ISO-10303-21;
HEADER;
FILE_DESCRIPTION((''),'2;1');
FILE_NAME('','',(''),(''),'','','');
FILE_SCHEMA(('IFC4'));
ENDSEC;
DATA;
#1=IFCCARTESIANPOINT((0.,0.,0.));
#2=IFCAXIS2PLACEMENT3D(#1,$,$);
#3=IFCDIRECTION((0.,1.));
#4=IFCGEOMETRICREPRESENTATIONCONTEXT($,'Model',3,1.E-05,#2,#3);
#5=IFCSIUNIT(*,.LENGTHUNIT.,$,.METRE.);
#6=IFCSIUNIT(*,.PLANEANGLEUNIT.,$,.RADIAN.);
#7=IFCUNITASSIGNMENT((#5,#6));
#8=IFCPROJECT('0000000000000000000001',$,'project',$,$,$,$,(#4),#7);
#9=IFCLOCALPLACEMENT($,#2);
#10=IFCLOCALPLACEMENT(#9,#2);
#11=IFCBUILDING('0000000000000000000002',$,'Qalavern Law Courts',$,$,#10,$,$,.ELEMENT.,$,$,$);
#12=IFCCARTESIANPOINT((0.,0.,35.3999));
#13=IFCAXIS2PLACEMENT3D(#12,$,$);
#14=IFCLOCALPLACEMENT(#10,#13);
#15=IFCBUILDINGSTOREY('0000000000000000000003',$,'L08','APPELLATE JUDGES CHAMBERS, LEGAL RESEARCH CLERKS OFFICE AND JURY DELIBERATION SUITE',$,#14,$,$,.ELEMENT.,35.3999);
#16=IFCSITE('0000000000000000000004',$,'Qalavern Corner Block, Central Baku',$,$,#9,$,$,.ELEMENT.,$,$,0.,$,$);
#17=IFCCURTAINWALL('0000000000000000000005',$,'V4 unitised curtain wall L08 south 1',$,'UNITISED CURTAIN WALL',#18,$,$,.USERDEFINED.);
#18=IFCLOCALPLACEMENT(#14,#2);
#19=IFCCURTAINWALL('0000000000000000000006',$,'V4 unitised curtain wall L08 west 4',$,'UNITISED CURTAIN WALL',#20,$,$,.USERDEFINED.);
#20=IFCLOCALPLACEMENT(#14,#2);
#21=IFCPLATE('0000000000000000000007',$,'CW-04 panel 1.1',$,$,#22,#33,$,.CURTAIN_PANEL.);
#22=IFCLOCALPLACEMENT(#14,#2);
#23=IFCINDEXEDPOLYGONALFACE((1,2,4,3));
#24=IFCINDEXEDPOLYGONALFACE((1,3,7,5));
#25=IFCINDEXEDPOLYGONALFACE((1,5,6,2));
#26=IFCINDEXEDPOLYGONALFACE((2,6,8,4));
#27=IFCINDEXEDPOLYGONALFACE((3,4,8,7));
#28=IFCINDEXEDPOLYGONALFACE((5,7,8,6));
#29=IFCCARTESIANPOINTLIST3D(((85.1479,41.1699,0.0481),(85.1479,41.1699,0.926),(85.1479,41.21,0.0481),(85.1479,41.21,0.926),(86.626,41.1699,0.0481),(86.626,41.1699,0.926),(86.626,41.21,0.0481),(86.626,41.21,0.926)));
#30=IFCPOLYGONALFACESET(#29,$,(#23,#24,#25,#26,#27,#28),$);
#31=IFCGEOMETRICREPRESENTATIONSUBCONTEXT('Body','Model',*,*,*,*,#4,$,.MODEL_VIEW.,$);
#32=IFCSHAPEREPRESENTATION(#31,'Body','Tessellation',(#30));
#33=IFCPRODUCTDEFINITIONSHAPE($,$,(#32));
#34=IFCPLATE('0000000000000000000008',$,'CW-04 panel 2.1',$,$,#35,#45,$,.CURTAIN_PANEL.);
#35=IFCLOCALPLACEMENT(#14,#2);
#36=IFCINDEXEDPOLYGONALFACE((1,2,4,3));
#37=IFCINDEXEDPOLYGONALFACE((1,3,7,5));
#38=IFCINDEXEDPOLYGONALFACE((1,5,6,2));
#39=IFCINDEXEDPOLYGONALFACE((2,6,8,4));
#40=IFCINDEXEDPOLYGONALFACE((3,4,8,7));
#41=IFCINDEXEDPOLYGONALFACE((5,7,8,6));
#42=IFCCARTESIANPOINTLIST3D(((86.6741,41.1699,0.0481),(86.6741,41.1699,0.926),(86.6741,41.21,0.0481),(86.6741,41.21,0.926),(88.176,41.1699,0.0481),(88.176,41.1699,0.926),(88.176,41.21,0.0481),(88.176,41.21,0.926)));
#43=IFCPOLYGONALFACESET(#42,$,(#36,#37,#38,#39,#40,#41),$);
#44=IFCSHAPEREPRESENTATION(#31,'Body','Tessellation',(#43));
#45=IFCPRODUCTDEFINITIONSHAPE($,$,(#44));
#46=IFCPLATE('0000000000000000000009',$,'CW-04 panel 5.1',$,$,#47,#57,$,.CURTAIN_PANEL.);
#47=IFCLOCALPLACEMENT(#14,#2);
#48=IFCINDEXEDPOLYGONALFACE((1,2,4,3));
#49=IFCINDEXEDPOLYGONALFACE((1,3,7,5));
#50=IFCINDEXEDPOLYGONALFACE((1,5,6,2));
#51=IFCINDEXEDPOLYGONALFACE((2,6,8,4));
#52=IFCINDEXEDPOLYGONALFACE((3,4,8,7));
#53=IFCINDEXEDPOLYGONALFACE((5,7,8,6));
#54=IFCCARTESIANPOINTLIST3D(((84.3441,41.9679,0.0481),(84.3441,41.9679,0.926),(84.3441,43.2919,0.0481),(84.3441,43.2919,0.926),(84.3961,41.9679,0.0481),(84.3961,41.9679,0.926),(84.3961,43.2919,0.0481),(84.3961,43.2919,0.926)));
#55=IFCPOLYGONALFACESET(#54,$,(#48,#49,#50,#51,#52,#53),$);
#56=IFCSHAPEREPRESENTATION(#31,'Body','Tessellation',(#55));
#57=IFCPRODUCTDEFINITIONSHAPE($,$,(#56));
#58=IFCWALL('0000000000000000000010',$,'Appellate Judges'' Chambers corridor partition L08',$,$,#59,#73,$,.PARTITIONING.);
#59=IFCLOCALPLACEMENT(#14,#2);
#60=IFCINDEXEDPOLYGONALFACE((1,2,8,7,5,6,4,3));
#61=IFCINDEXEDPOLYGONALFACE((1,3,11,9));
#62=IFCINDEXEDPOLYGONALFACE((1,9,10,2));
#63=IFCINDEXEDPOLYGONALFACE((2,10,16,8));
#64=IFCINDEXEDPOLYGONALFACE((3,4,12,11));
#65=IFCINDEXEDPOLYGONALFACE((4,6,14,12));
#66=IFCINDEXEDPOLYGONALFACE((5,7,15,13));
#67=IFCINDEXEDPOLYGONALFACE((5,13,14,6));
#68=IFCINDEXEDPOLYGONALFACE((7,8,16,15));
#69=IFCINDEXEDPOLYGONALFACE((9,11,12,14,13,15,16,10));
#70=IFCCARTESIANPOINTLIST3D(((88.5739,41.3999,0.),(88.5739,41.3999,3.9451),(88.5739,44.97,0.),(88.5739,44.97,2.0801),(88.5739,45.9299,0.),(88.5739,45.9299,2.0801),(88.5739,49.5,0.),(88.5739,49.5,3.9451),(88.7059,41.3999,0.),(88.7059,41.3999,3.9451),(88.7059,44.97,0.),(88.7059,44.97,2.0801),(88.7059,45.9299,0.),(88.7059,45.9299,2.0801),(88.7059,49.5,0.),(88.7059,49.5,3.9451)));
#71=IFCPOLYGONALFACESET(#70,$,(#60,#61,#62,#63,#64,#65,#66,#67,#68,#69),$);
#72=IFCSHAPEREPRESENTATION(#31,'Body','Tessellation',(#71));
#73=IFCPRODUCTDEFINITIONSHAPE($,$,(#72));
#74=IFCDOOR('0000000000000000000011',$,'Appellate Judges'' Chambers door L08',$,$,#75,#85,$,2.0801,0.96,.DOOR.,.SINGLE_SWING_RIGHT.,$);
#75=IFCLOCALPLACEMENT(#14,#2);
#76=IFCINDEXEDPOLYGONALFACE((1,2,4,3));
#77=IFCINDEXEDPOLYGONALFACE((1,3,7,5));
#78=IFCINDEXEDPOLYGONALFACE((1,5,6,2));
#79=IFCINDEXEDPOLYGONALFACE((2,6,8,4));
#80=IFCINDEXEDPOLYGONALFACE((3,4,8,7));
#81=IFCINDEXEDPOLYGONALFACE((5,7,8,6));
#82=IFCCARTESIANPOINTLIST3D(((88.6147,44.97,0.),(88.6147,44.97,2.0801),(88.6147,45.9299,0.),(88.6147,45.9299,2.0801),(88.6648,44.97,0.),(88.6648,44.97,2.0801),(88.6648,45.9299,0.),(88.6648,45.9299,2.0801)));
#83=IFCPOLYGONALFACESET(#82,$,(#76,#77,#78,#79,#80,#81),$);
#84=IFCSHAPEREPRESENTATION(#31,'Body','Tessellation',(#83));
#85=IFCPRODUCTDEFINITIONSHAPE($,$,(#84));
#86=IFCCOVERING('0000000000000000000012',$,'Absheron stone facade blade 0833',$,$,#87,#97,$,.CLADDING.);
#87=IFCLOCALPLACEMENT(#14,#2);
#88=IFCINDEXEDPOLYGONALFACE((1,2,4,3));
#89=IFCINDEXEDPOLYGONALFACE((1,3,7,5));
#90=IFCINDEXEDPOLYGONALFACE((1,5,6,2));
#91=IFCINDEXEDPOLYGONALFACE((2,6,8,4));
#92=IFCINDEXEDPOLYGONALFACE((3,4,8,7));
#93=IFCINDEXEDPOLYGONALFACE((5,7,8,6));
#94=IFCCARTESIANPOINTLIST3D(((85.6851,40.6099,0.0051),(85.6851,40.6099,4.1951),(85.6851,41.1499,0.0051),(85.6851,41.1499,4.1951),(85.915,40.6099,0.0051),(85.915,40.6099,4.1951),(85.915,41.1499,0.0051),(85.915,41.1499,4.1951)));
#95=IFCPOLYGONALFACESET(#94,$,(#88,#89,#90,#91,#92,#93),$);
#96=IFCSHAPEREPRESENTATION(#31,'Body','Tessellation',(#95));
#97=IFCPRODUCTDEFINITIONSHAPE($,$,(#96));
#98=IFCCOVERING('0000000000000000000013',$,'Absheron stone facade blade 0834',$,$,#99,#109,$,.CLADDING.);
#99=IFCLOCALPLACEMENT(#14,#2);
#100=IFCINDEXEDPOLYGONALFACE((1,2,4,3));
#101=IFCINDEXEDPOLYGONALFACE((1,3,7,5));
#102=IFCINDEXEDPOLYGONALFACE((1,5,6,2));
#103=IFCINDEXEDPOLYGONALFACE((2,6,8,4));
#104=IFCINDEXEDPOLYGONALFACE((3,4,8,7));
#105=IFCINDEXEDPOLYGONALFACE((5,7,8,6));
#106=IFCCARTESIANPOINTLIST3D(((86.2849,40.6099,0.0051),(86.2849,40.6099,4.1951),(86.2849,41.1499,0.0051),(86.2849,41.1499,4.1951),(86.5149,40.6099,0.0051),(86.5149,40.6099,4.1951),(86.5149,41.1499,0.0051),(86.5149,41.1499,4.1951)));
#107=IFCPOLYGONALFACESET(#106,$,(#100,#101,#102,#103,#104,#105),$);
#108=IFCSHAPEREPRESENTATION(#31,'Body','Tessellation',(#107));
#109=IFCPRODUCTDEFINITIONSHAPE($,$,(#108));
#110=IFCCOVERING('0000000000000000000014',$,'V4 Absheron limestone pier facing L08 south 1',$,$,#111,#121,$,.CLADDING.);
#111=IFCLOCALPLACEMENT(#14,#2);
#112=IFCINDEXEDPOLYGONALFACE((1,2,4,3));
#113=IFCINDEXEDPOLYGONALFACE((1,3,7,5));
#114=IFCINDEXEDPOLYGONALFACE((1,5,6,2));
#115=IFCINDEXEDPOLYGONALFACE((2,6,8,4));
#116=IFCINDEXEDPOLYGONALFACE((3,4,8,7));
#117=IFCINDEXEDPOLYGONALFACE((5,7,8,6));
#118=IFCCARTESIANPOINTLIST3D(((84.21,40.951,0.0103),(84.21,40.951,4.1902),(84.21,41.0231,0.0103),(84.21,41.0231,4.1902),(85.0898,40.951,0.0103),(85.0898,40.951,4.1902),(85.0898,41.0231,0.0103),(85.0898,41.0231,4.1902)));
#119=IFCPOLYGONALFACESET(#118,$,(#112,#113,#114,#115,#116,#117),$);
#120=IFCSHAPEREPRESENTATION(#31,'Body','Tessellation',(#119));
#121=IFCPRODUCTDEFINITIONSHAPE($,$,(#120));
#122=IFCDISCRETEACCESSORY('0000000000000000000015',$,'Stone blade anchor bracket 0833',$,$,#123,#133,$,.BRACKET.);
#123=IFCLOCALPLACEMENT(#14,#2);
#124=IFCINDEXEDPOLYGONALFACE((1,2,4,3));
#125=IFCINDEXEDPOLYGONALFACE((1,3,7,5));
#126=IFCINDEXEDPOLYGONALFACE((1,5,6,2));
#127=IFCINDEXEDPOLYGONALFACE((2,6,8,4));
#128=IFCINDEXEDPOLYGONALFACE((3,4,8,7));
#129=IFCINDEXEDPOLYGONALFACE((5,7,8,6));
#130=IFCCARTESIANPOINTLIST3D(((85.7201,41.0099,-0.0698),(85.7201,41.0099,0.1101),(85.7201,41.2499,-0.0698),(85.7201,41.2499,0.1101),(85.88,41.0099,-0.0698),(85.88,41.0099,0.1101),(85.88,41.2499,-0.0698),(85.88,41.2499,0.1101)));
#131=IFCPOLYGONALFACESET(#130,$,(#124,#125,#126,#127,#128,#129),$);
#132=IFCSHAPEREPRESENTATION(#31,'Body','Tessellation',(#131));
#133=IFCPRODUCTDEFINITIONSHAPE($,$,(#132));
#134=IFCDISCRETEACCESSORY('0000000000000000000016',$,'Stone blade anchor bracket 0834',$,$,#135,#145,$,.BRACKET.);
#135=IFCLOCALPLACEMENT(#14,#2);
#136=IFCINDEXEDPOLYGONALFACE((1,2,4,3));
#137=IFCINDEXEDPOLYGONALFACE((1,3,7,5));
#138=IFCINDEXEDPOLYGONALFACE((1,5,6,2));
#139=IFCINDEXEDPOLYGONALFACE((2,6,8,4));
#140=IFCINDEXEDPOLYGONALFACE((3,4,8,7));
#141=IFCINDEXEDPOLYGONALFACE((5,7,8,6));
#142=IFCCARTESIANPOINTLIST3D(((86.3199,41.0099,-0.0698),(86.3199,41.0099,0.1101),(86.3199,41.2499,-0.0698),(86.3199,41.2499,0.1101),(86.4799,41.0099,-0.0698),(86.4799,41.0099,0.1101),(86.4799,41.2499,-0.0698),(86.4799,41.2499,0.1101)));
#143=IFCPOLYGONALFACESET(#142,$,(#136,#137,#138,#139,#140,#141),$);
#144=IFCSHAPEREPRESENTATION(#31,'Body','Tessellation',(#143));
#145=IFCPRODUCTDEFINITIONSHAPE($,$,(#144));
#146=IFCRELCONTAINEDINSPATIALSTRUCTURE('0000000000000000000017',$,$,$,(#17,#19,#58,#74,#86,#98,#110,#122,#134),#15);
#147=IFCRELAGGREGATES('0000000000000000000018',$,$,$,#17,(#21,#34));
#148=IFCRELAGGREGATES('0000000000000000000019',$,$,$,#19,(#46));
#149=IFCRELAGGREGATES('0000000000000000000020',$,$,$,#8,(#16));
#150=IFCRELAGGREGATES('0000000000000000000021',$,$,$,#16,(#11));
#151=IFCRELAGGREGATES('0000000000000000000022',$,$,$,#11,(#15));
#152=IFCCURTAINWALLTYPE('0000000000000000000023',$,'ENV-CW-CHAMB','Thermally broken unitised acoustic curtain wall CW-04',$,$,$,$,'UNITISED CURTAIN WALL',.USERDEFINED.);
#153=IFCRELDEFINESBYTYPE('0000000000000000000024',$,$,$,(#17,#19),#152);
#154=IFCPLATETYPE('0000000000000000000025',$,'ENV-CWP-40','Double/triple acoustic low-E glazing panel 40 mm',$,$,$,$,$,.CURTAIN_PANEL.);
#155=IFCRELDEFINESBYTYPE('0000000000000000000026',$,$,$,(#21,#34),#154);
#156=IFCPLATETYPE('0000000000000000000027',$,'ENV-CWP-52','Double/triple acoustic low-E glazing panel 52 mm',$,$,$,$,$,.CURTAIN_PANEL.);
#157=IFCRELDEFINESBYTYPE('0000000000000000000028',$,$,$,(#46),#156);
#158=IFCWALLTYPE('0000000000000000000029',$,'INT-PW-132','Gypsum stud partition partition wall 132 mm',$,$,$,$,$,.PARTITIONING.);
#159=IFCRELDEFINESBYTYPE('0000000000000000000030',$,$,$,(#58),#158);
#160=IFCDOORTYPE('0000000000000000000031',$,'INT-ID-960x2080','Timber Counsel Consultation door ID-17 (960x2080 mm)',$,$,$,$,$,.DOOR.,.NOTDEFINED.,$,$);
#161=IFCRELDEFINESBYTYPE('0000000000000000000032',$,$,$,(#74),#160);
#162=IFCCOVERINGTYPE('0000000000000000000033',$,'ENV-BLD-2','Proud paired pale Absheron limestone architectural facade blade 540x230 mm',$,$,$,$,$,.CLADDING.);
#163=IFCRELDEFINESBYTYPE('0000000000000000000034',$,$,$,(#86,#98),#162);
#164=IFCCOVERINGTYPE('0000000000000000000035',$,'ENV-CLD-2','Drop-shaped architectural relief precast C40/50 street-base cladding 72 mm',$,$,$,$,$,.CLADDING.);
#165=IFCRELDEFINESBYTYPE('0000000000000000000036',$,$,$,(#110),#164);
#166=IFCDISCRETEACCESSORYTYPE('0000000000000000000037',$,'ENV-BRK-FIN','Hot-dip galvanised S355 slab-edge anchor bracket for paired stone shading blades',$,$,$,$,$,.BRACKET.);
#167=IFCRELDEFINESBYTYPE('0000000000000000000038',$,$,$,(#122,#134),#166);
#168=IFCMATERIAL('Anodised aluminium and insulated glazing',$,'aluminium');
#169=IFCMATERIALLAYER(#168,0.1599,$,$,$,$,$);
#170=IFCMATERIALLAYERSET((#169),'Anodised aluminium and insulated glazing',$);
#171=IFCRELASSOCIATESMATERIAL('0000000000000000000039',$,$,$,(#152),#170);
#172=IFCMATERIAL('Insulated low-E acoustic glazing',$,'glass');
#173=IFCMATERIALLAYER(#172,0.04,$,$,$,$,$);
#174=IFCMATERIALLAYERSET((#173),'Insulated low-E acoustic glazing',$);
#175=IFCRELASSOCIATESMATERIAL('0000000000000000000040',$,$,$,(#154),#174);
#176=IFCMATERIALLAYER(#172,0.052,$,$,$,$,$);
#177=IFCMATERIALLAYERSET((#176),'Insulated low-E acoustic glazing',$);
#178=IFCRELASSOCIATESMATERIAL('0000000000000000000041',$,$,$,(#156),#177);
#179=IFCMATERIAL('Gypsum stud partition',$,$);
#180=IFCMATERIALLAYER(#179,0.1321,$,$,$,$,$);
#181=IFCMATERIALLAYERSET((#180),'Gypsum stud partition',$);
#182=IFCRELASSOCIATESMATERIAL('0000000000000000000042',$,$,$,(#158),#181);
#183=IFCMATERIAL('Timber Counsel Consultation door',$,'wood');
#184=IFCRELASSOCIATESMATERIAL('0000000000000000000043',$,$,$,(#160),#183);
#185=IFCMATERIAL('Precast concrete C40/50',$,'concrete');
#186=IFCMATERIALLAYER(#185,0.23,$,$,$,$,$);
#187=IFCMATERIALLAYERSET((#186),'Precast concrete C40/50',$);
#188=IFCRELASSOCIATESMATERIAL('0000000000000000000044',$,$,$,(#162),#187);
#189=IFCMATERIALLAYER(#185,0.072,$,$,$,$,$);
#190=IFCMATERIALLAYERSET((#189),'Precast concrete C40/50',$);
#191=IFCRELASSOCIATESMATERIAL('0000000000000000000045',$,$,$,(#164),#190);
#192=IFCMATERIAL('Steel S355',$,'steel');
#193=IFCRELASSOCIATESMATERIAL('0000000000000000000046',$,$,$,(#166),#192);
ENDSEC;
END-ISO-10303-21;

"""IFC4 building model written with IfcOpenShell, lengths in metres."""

from ifc_helpers import new_model, si_unit, direction, frame, frame_2d, origin, origin_2d, place, context, subcontext, project, spatial, rectangle, extrude, material, layer, layer_set, type_object, element, fill, aggregate, save


model = new_model("IFC4")

# Units and contexts
model_context = context("Model", 3, precision=1e-05, world=origin(), true_north=direction((0.0, 1.0)))
body_context = subcontext(model_context, "Body", "Model", "MODEL_VIEW")
ifc_project = project(units=[si_unit("LENGTHUNIT", "METRE"), si_unit("PLANEANGLEUNIT", "RADIAN")], contexts=[model_context])

# Site, building, storey
site_placement = place(None, origin())
site = spatial("IfcSite", under=ifc_project, at=site_placement, Name="Qalavern Corner Block, Central Baku", CompositionType="ELEMENT", RefElevation=0.0)
building_placement = place(site_placement, origin())
building = spatial("IfcBuilding", under=site, at=building_placement, Name="Qalavern Law Courts", CompositionType="ELEMENT")
storey_placement = place(building_placement, frame((0.0, 0.0, 35.3999)))
storey = spatial("IfcBuildingStorey", under=building, at=storey_placement, Name="L08", Description="APPELLATE JUDGES CHAMBERS, LEGAL RESEARCH CLERKS OFFICE AND JURY DELIBERATION SUITE", CompositionType="ELEMENT", Elevation=35.3999)

# Curtain wall
ifc_material_1 = material(Name="Anodised aluminium and insulated glazing", Category="aluminium")
ifc_layer_1 = layer(ifc_material_1, 0.1599)
ifc_layer_set_1 = layer_set([ifc_layer_1], Name="Anodised aluminium and insulated glazing")
curtain_wall_type = type_object("IfcCurtainWallType", Name="ENV-CW-CHAMB", Description="Thermally broken unitised acoustic curtain wall CW-04", ElementType="UNITISED CURTAIN WALL", PredefinedType="USERDEFINED", material=ifc_layer_set_1)
curtain_wall_1_placement = place(storey_placement, origin())
curtain_wall_1 = element("IfcCurtainWall", 1, at=curtain_wall_1_placement, inside=storey, type_object=curtain_wall_type, Name="V4 unitised curtain wall L08 south 1", ObjectType="UNITISED CURTAIN WALL", PredefinedType="USERDEFINED")

# Curtain wall
curtain_wall_2_placement = place(storey_placement, origin())
curtain_wall_2 = element("IfcCurtainWall", 2, at=curtain_wall_2_placement, inside=storey, type_object=curtain_wall_type, Name="V4 unitised curtain wall L08 west 4", ObjectType="UNITISED CURTAIN WALL", PredefinedType="USERDEFINED")

# Plates
ifc_material_2 = material(Name="Insulated low-E acoustic glazing", Category="glass")
ifc_layer_2 = layer(ifc_material_2, 0.04)
ifc_layer_set_2 = layer_set([ifc_layer_2], Name="Insulated low-E acoustic glazing")
plate_type_1 = type_object("IfcPlateType", Name="ENV-CWP-40", Description="Double/triple acoustic low-E glazing panel 40 mm", PredefinedType="CURTAIN_PANEL", material=ifc_layer_set_2)
plate_1_placement = place(storey_placement, frame((85.887, 41.1899, 0.0481), z_axis=(0.0, 0.0, 1.0), x_axis=(1.0, 0.0, 0.0)))
plate_1 = element("IfcPlate", 3, at=plate_1_placement, type_object=plate_type_1, Name="CW-04 panel 1.1", PredefinedType="CURTAIN_PANEL", context=body_context, shape_type="SweptSolid", body=[
    extrude(rectangle(XDim=1.478, YDim=0.04, at=origin_2d()), origin(), (0.0, 0.0, 1.0), 0.8779),
])
plate_2_placement = place(storey_placement, frame((87.425, 41.1899, 0.0481), z_axis=(0.0, 0.0, 1.0), x_axis=(1.0, 0.0, 0.0)))
plate_2 = element("IfcPlate", 4, at=plate_2_placement, type_object=plate_type_1, Name="CW-04 panel 2.1", PredefinedType="CURTAIN_PANEL", context=body_context, shape_type="SweptSolid", body=[
    extrude(rectangle(XDim=1.502, YDim=0.04, at=origin_2d()), origin(), (0.0, 0.0, 1.0), 0.8779),
])
aggregate(curtain_wall_1, [plate_1, plate_2])
ifc_layer_3 = layer(ifc_material_2, 0.052)
ifc_layer_set_3 = layer_set([ifc_layer_3], Name="Insulated low-E acoustic glazing")
plate_type_2 = type_object("IfcPlateType", Name="ENV-CWP-52", Description="Double/triple acoustic low-E glazing panel 52 mm", PredefinedType="CURTAIN_PANEL", material=ifc_layer_set_3)
plate_3_placement = place(storey_placement, frame((84.3701, 42.6299, 0.0481), z_axis=(0.0, 0.0, 1.0), x_axis=(0.0, -1.0, 0.0)))
plate_3 = element("IfcPlate", 5, at=plate_3_placement, type_object=plate_type_2, Name="CW-04 panel 5.1", PredefinedType="CURTAIN_PANEL", context=body_context, shape_type="SweptSolid", body=[
    extrude(rectangle(XDim=1.324, YDim=0.052, at=origin_2d()), origin(), (0.0, 0.0, 1.0), 0.8779),
])
aggregate(curtain_wall_2, [plate_3])

# Wall, opening, door
ifc_material_3 = material(Name="Gypsum stud partition")
ifc_layer_4 = layer(ifc_material_3, 0.1321)
ifc_layer_set_4 = layer_set([ifc_layer_4], Name="Gypsum stud partition")
wall_type = type_object("IfcWallType", Name="INT-PW-132", Description="Gypsum stud partition partition wall 132 mm", PredefinedType="PARTITIONING", material=ifc_layer_set_4)
wall_placement = place(storey_placement, frame((88.6399, 41.3999, 0.0), z_axis=(0.0, 0.0, 1.0), x_axis=(0.0, 1.0, 0.0)))
wall = element("IfcWall", 6, at=wall_placement, inside=storey, type_object=wall_type, Name="Appellate Judges' Chambers corridor partition L08", PredefinedType="PARTITIONING", context=body_context, shape_type="SweptSolid", body=[
    extrude(rectangle(XDim=8.1001, YDim=0.1321, at=frame_2d((4.05, 0.0))), origin(), (0.0, 0.0, 1.0), 3.9451),
])
opening_placement = place(wall_placement, frame((3.5701, 0.0, 0.0)))
opening = element("IfcOpeningElement", 7, at=opening_placement, cuts=wall, PredefinedType="OPENING", context=body_context, shape_type="SweptSolid", body=[
    extrude(rectangle(XDim=0.96, YDim=2.0801, at=frame_2d((0.48, 1.04))), frame((0.0, 0.0811, 0.0), z_axis=(0.0, -1.0, 0.0), x_axis=(1.0, 0.0, 0.0)), (0.0, 0.0, 1.0), 0.1619),
])
ifc_material_4 = material(Name="Timber Counsel Consultation door", Category="wood")
door_type = type_object("IfcDoorType", Name="INT-ID-960x2080", Description="Timber Counsel Consultation door ID-17 (960x2080 mm)", OperationType="NOTDEFINED", PredefinedType="DOOR", material=ifc_material_4)
door_placement = place(opening_placement, frame((0.96, 0.0, 0.0), z_axis=(0.0, 0.0, 1.0), x_axis=(-1.0, 0.0, 0.0)))
door = element("IfcDoor", 8, at=door_placement, inside=storey, type_object=door_type, Name="Appellate Judges' Chambers door L08", OperationType="SINGLE_SWING_RIGHT", OverallHeight=2.0801, OverallWidth=0.96, PredefinedType="DOOR", context=body_context, shape_type="SweptSolid", body=[
    extrude(rectangle(XDim=0.96, YDim=2.0801, at=frame_2d((0.48, 1.04))), frame((0.0, 0.0249, 0.0), z_axis=(0.0, -1.0, 0.0), x_axis=(1.0, 0.0, 0.0)), (0.0, 0.0, 1.0), 0.05),
])
fill(opening, door)

# Coverings
ifc_material_5 = material(Name="Precast concrete C40/50", Category="concrete")
ifc_layer_5 = layer(ifc_material_5, 0.23)
ifc_layer_set_5 = layer_set([ifc_layer_5], Name="Precast concrete C40/50")
covering_type_1 = type_object("IfcCoveringType", Name="ENV-BLD-2", Description="Proud paired pale Absheron limestone architectural facade blade 540x230 mm", PredefinedType="CLADDING", material=ifc_layer_set_5)
for number, where, z_axis, x_axis, name in (
    (9, (85.8, 40.8799, 0.0051), (0.0, 0.0, 1.0), (0.0, -1.0, 0.0), "Absheron stone facade blade 0833"),
    (10, (86.3999, 40.8799, 0.0051), (0.0, 0.0, 1.0), (0.0, -1.0, 0.0), "Absheron stone facade blade 0834"),
):
    element("IfcCovering", number, at=place(storey_placement, frame(where, z_axis=z_axis, x_axis=x_axis)), inside=storey, type_object=covering_type_1, Name=name, PredefinedType="CLADDING", context=body_context, shape_type="SweptSolid", body=[
        extrude(rectangle(XDim=0.54, YDim=0.23, at=origin_2d()), origin(), (0.0, 0.0, 1.0), 4.1899),
    ])
ifc_layer_6 = layer(ifc_material_5, 0.072)
ifc_layer_set_6 = layer_set([ifc_layer_6], Name="Precast concrete C40/50")
covering_type_2 = type_object("IfcCoveringType", Name="ENV-CLD-2", Description="Drop-shaped architectural relief precast C40/50 street-base cladding 72 mm", PredefinedType="CLADDING", material=ifc_layer_set_6)
covering_placement = place(storey_placement, frame((84.6499, 40.9871, 0.0103), z_axis=(0.0, 0.0, 1.0), x_axis=(1.0, 0.0, 0.0)))
element("IfcCovering", 11, at=covering_placement, inside=storey, type_object=covering_type_2, Name="V4 Absheron limestone pier facing L08 south 1", PredefinedType="CLADDING", context=body_context, shape_type="SweptSolid", body=[
    extrude(rectangle(XDim=0.8799, YDim=0.072, at=origin_2d()), origin(), (0.0, 0.0, 1.0), 4.1799),
])

# Discrete accessories
ifc_material_6 = material(Name="Steel S355", Category="steel")
discrete_accessory_type = type_object("IfcDiscreteAccessoryType", Name="ENV-BRK-FIN", Description="Hot-dip galvanised S355 slab-edge anchor bracket for paired stone shading blades", PredefinedType="BRACKET", material=ifc_material_6)
for number, where, z_axis, x_axis, name in (
    (12, (85.8, 41.1299, -0.0698), (0.0, 0.0, 1.0), (0.0, -1.0, 0.0), "Stone blade anchor bracket 0833"),
    (13, (86.3999, 41.1299, -0.0698), (0.0, 0.0, 1.0), (0.0, -1.0, 0.0), "Stone blade anchor bracket 0834"),
):
    element("IfcDiscreteAccessory", number, at=place(storey_placement, frame(where, z_axis=z_axis, x_axis=x_axis)), inside=storey, type_object=discrete_accessory_type, Name=name, PredefinedType="BRACKET", context=body_context, shape_type="SweptSolid", body=[
        extrude(rectangle(XDim=0.24, YDim=0.1599, at=origin_2d()), origin(), (0.0, 0.0, 1.0), 0.1799),
    ])

save(model, "model.ifc")
